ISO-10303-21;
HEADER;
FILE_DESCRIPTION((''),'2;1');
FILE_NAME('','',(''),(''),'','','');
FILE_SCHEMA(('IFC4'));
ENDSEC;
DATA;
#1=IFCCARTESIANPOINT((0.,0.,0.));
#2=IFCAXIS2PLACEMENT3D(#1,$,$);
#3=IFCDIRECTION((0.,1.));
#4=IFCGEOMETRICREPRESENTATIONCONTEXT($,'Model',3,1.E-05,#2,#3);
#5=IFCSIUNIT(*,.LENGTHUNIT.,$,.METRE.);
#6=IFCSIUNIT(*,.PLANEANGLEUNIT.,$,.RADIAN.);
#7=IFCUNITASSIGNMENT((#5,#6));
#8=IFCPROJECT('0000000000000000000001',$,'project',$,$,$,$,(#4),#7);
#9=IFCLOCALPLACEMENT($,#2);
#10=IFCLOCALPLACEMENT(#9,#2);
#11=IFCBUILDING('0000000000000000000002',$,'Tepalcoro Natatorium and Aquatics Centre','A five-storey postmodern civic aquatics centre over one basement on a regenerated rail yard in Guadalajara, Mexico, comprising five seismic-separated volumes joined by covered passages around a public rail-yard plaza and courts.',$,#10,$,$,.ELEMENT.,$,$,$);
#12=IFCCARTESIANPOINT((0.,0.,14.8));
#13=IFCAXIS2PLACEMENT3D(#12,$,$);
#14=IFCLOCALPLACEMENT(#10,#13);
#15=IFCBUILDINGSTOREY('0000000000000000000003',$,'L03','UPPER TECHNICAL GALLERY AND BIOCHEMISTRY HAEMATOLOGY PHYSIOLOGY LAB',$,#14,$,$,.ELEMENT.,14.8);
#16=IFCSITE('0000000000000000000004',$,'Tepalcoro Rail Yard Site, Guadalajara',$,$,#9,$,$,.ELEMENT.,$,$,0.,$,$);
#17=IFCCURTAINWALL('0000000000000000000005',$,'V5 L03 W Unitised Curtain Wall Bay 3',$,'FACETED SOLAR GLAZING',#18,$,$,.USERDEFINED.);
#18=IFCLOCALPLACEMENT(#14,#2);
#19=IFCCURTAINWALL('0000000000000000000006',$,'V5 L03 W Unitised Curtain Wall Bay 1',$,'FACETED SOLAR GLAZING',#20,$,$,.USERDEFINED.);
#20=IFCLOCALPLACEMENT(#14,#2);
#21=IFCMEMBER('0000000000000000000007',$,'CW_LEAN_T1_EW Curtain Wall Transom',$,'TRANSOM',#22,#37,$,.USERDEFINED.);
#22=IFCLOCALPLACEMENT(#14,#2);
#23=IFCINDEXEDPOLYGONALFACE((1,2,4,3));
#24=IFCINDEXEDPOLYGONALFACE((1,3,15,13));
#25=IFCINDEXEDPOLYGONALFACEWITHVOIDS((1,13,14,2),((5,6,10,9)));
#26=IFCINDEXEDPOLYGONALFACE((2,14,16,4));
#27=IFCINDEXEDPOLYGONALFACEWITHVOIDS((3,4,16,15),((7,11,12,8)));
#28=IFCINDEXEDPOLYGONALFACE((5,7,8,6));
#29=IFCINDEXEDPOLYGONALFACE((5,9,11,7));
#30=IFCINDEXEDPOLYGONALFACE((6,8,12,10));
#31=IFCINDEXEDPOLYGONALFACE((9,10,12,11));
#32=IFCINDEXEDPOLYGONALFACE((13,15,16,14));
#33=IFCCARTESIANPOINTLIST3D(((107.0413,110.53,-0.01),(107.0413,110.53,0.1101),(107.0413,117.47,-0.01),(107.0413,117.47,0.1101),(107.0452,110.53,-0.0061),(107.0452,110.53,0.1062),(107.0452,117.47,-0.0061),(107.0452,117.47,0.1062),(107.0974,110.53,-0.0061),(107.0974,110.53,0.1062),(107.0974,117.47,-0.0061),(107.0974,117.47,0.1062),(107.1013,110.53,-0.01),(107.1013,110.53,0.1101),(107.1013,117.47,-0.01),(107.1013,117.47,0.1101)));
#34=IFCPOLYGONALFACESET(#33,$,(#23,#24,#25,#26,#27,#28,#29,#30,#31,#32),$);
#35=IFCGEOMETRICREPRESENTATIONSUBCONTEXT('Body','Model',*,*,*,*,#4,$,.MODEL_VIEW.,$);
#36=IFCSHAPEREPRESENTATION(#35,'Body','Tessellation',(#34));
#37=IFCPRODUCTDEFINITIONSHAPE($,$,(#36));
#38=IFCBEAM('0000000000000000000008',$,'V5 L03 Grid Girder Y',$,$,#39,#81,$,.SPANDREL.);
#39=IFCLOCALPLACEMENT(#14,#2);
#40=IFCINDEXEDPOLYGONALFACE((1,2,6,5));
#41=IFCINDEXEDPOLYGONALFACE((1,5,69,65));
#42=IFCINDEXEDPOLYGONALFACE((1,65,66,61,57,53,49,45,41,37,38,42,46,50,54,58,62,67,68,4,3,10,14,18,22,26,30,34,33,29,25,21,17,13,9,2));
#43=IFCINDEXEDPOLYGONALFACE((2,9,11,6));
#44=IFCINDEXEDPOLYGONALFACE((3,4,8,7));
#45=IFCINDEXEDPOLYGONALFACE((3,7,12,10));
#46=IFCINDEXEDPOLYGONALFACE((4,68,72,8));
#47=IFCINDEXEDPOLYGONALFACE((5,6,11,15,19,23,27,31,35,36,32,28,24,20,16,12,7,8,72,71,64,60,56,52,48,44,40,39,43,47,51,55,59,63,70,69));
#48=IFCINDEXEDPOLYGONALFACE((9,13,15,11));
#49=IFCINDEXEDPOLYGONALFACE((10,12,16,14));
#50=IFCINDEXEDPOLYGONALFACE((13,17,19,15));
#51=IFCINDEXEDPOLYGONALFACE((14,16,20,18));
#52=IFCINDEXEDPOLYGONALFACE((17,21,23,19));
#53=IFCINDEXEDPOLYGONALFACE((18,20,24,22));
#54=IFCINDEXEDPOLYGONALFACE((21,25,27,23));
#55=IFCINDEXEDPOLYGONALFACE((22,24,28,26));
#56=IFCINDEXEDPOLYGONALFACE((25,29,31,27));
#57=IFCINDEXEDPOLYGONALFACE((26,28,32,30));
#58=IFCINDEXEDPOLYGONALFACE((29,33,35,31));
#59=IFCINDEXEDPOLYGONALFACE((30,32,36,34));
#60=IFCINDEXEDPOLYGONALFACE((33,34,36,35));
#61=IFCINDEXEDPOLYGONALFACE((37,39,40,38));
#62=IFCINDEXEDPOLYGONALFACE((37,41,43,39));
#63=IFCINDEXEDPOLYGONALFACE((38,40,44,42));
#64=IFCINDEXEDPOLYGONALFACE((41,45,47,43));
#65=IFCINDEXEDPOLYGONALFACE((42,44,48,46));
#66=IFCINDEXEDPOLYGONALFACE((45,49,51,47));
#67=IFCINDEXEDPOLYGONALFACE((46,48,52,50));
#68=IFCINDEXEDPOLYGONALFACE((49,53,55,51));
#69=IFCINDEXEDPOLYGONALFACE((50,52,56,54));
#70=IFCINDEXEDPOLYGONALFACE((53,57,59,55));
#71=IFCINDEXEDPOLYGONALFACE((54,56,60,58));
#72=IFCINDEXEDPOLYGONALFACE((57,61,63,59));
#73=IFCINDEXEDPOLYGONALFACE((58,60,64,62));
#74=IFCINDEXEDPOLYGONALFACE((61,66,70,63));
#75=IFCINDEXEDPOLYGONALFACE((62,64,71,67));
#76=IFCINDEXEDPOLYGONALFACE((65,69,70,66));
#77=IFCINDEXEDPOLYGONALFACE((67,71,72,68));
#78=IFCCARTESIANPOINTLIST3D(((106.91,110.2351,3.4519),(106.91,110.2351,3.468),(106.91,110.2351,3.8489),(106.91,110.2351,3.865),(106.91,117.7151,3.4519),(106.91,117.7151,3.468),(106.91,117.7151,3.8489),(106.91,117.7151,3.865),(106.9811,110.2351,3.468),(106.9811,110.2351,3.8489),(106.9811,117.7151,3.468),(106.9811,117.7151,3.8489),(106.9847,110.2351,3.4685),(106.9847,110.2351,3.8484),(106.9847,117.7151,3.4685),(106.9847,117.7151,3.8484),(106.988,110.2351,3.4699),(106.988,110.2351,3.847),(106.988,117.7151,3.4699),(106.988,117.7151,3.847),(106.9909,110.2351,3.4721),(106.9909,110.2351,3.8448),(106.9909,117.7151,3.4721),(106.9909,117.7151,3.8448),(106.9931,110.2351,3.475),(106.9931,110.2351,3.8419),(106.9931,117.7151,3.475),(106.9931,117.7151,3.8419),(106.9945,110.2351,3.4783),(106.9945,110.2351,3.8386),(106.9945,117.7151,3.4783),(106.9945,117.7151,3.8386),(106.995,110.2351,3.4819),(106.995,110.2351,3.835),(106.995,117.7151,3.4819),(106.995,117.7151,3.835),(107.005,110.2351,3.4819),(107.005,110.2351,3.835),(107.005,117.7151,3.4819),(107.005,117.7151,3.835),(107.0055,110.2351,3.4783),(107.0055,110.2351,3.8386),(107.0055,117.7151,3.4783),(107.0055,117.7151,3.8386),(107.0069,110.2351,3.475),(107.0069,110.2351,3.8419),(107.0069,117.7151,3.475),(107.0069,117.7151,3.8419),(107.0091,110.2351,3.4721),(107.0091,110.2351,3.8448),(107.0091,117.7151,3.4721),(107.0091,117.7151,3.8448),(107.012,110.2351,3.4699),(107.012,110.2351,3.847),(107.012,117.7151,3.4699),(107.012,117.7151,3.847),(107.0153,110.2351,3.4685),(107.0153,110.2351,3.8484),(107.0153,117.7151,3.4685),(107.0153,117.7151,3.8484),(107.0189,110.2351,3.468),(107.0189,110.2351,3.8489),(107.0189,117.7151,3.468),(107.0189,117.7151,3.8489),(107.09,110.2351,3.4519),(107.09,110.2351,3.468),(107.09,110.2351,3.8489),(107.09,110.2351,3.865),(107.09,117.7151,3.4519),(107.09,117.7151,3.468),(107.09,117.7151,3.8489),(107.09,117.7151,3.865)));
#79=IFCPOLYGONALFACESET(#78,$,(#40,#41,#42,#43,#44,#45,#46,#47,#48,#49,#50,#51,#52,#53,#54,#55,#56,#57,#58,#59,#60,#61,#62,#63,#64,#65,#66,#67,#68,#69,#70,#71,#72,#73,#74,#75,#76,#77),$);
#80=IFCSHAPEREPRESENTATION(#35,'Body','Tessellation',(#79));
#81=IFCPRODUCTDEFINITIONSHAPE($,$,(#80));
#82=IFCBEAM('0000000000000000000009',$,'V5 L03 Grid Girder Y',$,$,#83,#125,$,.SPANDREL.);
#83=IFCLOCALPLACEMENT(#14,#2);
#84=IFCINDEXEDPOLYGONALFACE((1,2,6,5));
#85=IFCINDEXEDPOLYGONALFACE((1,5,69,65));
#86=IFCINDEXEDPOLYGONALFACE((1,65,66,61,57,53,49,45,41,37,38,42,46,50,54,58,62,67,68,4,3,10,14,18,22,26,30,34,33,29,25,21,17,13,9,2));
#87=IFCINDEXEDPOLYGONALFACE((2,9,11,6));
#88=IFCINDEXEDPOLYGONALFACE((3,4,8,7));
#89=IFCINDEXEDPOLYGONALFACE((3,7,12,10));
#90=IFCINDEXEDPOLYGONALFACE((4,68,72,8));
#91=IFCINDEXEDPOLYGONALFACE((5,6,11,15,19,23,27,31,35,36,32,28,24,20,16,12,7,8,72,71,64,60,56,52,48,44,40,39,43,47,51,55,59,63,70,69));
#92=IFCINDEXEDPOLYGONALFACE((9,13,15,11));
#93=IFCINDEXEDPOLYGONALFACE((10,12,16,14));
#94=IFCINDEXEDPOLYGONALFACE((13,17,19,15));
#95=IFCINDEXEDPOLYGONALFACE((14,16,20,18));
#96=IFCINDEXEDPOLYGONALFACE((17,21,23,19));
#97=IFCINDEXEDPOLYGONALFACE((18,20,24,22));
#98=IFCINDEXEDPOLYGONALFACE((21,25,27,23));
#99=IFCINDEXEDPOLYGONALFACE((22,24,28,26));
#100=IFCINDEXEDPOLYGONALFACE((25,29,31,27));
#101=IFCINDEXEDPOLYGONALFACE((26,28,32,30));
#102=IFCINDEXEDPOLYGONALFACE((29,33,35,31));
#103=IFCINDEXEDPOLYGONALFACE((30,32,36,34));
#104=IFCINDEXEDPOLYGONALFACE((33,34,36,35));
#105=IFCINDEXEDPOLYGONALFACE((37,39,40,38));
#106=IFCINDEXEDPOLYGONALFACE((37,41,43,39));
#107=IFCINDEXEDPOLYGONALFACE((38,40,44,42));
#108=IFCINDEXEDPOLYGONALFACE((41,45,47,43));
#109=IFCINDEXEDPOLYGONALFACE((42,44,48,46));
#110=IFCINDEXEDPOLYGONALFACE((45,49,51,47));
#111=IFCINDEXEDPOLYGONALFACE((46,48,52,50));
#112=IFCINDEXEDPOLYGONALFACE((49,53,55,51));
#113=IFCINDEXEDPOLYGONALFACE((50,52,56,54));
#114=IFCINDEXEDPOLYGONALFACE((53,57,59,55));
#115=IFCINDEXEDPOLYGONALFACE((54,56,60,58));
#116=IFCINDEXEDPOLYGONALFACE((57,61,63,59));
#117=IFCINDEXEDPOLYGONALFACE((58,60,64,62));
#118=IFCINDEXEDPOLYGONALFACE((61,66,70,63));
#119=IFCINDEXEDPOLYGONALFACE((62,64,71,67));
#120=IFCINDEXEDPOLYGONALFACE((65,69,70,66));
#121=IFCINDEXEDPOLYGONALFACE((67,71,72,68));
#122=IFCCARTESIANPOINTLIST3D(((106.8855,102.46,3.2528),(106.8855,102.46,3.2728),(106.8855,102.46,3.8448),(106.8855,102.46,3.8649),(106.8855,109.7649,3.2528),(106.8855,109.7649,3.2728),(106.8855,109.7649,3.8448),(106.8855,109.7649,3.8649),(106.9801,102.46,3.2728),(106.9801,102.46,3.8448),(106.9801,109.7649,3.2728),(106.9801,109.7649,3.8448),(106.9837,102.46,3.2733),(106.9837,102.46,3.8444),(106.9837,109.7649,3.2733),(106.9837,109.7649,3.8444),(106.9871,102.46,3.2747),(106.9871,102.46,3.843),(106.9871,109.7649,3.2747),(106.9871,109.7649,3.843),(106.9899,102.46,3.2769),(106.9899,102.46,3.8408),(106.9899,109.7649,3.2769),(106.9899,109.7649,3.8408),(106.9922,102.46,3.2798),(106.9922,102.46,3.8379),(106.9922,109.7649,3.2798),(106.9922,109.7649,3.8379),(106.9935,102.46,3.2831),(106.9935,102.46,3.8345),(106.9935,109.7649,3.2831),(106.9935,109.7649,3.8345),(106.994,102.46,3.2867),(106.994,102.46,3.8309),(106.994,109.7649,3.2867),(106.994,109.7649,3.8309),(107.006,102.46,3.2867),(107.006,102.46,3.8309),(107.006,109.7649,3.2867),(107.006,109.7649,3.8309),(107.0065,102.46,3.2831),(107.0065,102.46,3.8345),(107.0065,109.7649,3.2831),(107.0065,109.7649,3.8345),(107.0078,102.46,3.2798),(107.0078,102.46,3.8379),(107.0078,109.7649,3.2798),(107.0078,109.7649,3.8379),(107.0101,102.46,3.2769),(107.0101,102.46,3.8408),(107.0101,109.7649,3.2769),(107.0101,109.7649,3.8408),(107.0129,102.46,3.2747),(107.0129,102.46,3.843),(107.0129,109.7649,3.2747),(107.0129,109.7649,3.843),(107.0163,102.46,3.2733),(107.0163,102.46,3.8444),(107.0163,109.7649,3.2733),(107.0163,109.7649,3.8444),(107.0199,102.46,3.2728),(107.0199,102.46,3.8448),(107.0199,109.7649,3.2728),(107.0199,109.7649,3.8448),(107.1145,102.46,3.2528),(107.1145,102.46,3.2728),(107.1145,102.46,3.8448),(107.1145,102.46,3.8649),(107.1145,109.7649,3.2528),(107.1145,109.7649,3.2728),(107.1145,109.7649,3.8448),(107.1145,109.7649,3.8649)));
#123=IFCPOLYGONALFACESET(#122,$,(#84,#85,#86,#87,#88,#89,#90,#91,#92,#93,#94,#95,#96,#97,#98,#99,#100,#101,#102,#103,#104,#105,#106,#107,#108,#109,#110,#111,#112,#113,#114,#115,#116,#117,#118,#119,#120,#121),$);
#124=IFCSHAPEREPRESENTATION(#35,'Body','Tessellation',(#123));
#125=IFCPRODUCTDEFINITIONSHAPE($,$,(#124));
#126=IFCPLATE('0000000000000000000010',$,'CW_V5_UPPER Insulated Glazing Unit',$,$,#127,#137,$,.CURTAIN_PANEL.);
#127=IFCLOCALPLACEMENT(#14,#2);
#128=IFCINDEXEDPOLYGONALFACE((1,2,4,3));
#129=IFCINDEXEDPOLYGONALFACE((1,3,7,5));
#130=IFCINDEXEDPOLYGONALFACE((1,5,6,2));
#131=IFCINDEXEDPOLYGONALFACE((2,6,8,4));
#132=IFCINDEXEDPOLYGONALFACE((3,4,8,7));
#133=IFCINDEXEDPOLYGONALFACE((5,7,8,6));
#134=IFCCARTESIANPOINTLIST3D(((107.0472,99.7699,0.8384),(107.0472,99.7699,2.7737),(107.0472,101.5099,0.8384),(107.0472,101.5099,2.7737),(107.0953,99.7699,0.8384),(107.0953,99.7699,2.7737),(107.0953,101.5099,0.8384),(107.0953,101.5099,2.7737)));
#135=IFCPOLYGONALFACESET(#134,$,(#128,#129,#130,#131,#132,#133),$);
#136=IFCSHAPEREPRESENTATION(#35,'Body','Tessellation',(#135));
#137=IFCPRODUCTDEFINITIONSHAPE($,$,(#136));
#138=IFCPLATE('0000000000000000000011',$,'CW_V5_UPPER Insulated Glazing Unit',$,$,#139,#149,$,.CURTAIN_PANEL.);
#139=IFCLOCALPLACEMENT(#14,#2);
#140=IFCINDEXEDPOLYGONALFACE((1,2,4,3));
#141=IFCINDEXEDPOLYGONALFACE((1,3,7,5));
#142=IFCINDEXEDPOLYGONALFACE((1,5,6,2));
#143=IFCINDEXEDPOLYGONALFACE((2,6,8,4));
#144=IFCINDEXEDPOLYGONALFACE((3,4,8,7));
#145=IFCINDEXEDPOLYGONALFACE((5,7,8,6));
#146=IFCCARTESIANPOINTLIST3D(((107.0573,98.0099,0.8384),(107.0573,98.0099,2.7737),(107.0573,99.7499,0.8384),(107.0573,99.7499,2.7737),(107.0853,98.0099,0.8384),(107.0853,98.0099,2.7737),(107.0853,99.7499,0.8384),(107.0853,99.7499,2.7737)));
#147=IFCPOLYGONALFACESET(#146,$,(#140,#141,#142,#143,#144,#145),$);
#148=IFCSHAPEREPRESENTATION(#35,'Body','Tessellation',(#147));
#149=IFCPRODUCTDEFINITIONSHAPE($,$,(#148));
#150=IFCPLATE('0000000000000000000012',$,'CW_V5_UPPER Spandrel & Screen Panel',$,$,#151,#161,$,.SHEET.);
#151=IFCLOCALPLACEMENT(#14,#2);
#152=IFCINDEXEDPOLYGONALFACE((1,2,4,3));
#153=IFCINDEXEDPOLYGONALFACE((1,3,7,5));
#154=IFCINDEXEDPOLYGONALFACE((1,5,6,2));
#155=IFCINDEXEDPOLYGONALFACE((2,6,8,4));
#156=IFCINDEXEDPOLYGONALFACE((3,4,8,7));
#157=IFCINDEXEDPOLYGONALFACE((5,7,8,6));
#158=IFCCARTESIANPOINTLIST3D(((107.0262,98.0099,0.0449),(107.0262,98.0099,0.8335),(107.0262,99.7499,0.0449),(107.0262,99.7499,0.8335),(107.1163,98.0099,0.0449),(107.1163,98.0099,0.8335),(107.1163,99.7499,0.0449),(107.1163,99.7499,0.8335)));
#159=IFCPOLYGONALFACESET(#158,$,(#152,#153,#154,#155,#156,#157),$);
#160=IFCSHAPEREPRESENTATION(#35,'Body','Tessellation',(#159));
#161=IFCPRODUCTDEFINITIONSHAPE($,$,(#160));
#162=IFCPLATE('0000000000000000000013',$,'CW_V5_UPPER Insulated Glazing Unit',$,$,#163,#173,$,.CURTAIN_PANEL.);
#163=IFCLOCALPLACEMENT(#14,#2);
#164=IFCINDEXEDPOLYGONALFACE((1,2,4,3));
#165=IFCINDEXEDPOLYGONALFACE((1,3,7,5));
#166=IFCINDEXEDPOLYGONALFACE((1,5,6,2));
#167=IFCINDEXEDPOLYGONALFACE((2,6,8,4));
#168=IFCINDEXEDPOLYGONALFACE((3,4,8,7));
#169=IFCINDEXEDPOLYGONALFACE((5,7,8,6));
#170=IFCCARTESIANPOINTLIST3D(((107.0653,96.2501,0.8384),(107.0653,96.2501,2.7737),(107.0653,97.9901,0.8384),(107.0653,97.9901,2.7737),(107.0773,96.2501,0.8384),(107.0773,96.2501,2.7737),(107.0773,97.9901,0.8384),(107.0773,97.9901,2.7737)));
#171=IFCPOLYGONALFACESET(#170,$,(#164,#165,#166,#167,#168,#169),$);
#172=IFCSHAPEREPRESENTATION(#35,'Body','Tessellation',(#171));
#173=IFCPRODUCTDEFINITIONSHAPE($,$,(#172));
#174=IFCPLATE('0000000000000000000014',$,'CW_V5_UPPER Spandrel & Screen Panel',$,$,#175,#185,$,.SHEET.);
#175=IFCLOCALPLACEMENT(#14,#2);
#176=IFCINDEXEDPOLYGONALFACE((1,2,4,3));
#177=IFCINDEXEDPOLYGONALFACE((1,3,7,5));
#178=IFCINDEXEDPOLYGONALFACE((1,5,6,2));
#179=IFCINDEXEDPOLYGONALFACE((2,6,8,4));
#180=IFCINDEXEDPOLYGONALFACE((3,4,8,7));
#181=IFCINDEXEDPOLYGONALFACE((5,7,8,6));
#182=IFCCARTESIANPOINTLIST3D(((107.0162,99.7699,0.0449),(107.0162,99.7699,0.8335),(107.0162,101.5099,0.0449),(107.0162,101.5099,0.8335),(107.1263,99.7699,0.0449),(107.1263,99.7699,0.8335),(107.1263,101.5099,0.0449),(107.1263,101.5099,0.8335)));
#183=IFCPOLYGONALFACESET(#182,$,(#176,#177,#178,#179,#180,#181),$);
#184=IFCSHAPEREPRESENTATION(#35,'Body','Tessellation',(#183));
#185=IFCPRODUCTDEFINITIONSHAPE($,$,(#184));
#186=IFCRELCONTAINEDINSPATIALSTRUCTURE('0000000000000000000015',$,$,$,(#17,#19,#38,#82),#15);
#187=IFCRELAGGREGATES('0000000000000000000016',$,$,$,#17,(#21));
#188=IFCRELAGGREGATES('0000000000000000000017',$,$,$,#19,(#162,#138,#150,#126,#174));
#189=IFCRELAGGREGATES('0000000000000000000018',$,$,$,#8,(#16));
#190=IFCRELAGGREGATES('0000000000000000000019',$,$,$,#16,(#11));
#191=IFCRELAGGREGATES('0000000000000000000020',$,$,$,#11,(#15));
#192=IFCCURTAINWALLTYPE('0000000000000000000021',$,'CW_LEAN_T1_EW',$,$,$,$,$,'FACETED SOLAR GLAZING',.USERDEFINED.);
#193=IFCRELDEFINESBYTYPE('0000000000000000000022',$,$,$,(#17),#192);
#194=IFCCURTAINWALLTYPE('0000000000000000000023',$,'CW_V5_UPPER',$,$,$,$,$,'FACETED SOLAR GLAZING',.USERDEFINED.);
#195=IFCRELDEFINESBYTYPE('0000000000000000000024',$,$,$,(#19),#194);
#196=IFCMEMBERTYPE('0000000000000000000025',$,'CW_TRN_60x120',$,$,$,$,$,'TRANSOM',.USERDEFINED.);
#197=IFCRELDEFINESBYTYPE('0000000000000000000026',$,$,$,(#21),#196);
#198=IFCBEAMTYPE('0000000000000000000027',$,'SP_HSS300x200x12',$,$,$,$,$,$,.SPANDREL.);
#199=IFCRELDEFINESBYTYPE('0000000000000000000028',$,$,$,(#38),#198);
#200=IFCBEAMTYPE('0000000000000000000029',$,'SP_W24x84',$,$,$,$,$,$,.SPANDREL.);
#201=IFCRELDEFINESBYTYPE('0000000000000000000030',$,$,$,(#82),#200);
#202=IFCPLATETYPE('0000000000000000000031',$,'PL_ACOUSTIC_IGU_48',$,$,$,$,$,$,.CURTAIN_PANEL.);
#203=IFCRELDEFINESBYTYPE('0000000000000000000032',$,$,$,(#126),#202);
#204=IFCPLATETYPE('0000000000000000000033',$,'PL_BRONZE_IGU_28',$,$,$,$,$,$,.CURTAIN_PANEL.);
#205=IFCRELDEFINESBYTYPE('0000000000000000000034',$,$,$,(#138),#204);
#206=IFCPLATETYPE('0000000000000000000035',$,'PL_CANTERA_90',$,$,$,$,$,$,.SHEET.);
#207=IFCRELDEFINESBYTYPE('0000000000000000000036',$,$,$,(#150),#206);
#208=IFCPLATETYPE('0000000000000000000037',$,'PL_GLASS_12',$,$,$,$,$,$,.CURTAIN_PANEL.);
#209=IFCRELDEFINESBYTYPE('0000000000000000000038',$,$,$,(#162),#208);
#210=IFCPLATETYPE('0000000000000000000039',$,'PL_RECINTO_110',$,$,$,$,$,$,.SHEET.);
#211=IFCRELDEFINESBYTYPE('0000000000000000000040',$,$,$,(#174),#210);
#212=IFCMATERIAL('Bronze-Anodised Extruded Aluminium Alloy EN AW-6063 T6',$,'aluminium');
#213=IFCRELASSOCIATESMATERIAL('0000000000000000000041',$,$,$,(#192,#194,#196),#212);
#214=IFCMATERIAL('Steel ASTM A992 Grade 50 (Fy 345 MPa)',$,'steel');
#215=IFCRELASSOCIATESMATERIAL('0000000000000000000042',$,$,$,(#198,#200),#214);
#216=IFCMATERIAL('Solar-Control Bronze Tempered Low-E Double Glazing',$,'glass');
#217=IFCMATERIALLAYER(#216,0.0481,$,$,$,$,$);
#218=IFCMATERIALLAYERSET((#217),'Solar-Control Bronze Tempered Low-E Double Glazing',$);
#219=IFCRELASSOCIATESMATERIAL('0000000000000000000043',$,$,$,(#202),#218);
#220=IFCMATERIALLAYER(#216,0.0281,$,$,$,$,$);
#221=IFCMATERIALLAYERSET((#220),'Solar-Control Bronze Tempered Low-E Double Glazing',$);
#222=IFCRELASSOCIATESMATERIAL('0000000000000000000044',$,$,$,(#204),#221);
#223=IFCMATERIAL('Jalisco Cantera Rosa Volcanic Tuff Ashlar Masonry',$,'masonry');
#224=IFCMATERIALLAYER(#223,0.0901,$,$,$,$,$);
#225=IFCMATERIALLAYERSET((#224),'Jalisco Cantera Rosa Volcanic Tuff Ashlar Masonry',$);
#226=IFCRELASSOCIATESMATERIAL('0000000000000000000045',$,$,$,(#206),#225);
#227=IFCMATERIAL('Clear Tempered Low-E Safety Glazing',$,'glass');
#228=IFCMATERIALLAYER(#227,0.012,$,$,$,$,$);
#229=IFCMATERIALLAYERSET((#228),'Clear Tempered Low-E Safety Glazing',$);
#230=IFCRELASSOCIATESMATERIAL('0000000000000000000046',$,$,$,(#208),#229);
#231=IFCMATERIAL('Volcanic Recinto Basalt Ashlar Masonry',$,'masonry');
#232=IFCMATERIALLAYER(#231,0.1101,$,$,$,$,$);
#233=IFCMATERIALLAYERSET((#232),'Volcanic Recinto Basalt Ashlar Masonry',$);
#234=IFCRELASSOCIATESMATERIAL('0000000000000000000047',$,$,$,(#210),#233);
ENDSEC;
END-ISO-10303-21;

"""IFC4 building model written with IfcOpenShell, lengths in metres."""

from ifc_helpers import new_model, si_unit, direction, frame, origin, origin_2d, place, context, subcontext, project, spatial, rectangle, hollow_rectangle, i_section, extrude, material, layer, layer_set, material_profile, profile_set, type_object, element, aggregate, save


model = new_model("IFC4")

# Units and contexts
model_context = context("Model", 3, precision=1e-05, world=origin(), true_north=direction((0.0, 1.0)))
body_context = subcontext(model_context, "Body", "Model", "MODEL_VIEW")
ifc_project = project(units=[si_unit("LENGTHUNIT", "METRE"), si_unit("PLANEANGLEUNIT", "RADIAN")], contexts=[model_context])

# Site, building, storey
site_placement = place(None, origin())
site = spatial("IfcSite", under=ifc_project, at=site_placement, Name="Tepalcoro Rail Yard Site, Guadalajara", CompositionType="ELEMENT", RefElevation=0.0)
building_placement = place(site_placement, origin())
building = spatial("IfcBuilding", under=site, at=building_placement, Name="Tepalcoro Natatorium and Aquatics Centre", Description="A five-storey postmodern civic aquatics centre over one basement on a regenerated rail yard in Guadalajara, Mexico, comprising five seismic-separated volumes joined by covered passages around a public rail-yard plaza and courts.", CompositionType="ELEMENT")
storey_placement = place(building_placement, frame((0.0, 0.0, 14.8)))
storey = spatial("IfcBuildingStorey", under=building, at=storey_placement, Name="L03", Description="UPPER TECHNICAL GALLERY AND BIOCHEMISTRY HAEMATOLOGY PHYSIOLOGY LAB", CompositionType="ELEMENT", Elevation=14.8)

# Curtain wall
ifc_material_1 = material(Name="Bronze-Anodised Extruded Aluminium Alloy EN AW-6063 T6", Category="aluminium")
curtain_wall_type_1 = type_object("IfcCurtainWallType", Name="CW_LEAN_T1_EW", ElementType="FACETED SOLAR GLAZING", PredefinedType="USERDEFINED", material=ifc_material_1)
curtain_wall_1_placement = place(storey_placement, origin())
curtain_wall_1 = element("IfcCurtainWall", 1, at=curtain_wall_1_placement, inside=storey, type_object=curtain_wall_type_1, Name="V5 L03 W Unitised Curtain Wall Bay 3", ObjectType="FACETED SOLAR GLAZING", PredefinedType="USERDEFINED")

# Curtain wall
curtain_wall_type_2 = type_object("IfcCurtainWallType", Name="CW_V5_UPPER", ElementType="FACETED SOLAR GLAZING", PredefinedType="USERDEFINED", material=ifc_material_1)
curtain_wall_2_placement = place(storey_placement, origin())
curtain_wall_2 = element("IfcCurtainWall", 2, at=curtain_wall_2_placement, inside=storey, type_object=curtain_wall_type_2, Name="V5 L03 W Unitised Curtain Wall Bay 1", ObjectType="FACETED SOLAR GLAZING", PredefinedType="USERDEFINED")

# Member
ifc_material_profile_1 = material_profile(ifc_material_1, hollow_rectangle(XDim=0.0601, YDim=0.1201, WallThickness=0.0039, at=origin_2d()), Name="AL60X120X4")
ifc_profile_set_1 = profile_set([ifc_material_profile_1], Name="Bronze-Anodised Extruded Aluminium Alloy EN AW-6063 T6")
member_type_1 = type_object("IfcMemberType", Name="CW_TRN_60x120", ElementType="TRANSOM", PredefinedType="USERDEFINED", material=ifc_profile_set_1)
member_1_placement = place(storey_placement, frame((107.0713, 110.53, 0.05), z_axis=(0.0, 1.0, 0.0), x_axis=(-1.0, 0.0, 0.0)))
member_1 = element("IfcMember", 3, at=member_1_placement, type_object=member_type_1, Name="CW_LEAN_T1_EW Curtain Wall Transom", ObjectType="TRANSOM", PredefinedType="USERDEFINED", context=body_context, shape_type="SweptSolid", body=[
    extrude(hollow_rectangle(XDim=0.0601, YDim=0.1201, WallThickness=0.0039, at=origin_2d()), origin(), (0.0, 0.0, 1.0), 6.9399),
])
aggregate(curtain_wall_1, [member_1])

# Beams
ifc_material_2 = material(Name="Steel ASTM A992 Grade 50 (Fy 345 MPa)", Category="steel")
ifc_material_profile_2 = material_profile(ifc_material_2, i_section(OverallWidth=0.1799, OverallDepth=0.4131, WebThickness=0.01, FlangeThickness=0.0161, FilletRadius=0.0139, at=origin_2d()), Name="W16X50")
ifc_profile_set_2 = profile_set([ifc_material_profile_2], Name="Steel ASTM A992 Grade 50 (Fy 345 MPa)")
beam_type_1 = type_object("IfcBeamType", Name="SP_HSS300x200x12", PredefinedType="SPANDREL", material=ifc_profile_set_2)
beam_1_placement = place(storey_placement, frame((107.0, 110.2351, 3.6584), z_axis=(0.0, 1.0, 0.0), x_axis=(-1.0, 0.0, 0.0)))
element("IfcBeam", 4, at=beam_1_placement, inside=storey, type_object=beam_type_1, Name="V5 L03 Grid Girder Y", PredefinedType="SPANDREL", context=body_context, shape_type="SweptSolid", body=[
    extrude(i_section(OverallWidth=0.1799, OverallDepth=0.4131, WebThickness=0.01, FlangeThickness=0.0161, FilletRadius=0.0139, at=origin_2d()), origin(), (0.0, 0.0, 1.0), 7.48),
])
ifc_material_profile_3 = material_profile(ifc_material_2, i_section(OverallWidth=0.229, OverallDepth=0.6121, WebThickness=0.012, FlangeThickness=0.02, FilletRadius=0.0139, at=origin_2d()), Name="W24X84")
ifc_profile_set_3 = profile_set([ifc_material_profile_3], Name="Steel ASTM A992 Grade 50 (Fy 345 MPa)")
beam_type_2 = type_object("IfcBeamType", Name="SP_W24x84", PredefinedType="SPANDREL", material=ifc_profile_set_3)
beam_2_placement = place(storey_placement, frame((107.0, 102.46, 3.5588), z_axis=(0.0, 1.0, 0.0), x_axis=(-1.0, 0.0, 0.0)))
element("IfcBeam", 5, at=beam_2_placement, inside=storey, type_object=beam_type_2, Name="V5 L03 Grid Girder Y", PredefinedType="SPANDREL", context=body_context, shape_type="SweptSolid", body=[
    extrude(i_section(OverallWidth=0.229, OverallDepth=0.6121, WebThickness=0.012, FlangeThickness=0.02, FilletRadius=0.0139, at=origin_2d()), origin(), (0.0, 0.0, 1.0), 7.3049),
])

# Plates
ifc_material_3 = material(Name="Solar-Control Bronze Tempered Low-E Double Glazing", Category="glass")
ifc_layer_1 = layer(ifc_material_3, 0.0481)
ifc_layer_set_1 = layer_set([ifc_layer_1], Name="Solar-Control Bronze Tempered Low-E Double Glazing")
plate_type_1 = type_object("IfcPlateType", Name="PL_ACOUSTIC_IGU_48", PredefinedType="CURTAIN_PANEL", material=ifc_layer_set_1)
plate_1_placement = place(storey_placement, frame((107.0713, 100.6399, 0.8384), z_axis=(0.0, 0.0, 1.0), x_axis=(1.0, 0.0, 0.0)))
plate_1 = element("IfcPlate", 6, at=plate_1_placement, type_object=plate_type_1, Name="CW_V5_UPPER Insulated Glazing Unit", PredefinedType="CURTAIN_PANEL", context=body_context, shape_type="SweptSolid", body=[
    extrude(rectangle(XDim=0.0481, YDim=1.74, at=origin_2d()), origin(), (0.0, 0.0, 1.0), 1.9353),
])
ifc_layer_2 = layer(ifc_material_3, 0.0281)
ifc_layer_set_2 = layer_set([ifc_layer_2], Name="Solar-Control Bronze Tempered Low-E Double Glazing")
plate_type_2 = type_object("IfcPlateType", Name="PL_BRONZE_IGU_28", PredefinedType="CURTAIN_PANEL", material=ifc_layer_set_2)
plate_2_placement = place(storey_placement, frame((107.0713, 98.8799, 0.8384), z_axis=(0.0, 0.0, 1.0), x_axis=(1.0, 0.0, 0.0)))
plate_2 = element("IfcPlate", 7, at=plate_2_placement, type_object=plate_type_2, Name="CW_V5_UPPER Insulated Glazing Unit", PredefinedType="CURTAIN_PANEL", context=body_context, shape_type="SweptSolid", body=[
    extrude(rectangle(XDim=0.0281, YDim=1.74, at=origin_2d()), origin(), (0.0, 0.0, 1.0), 1.9353),
])
ifc_material_4 = material(Name="Jalisco Cantera Rosa Volcanic Tuff Ashlar Masonry", Category="masonry")
ifc_layer_3 = layer(ifc_material_4, 0.0901)
ifc_layer_set_3 = layer_set([ifc_layer_3], Name="Jalisco Cantera Rosa Volcanic Tuff Ashlar Masonry")
plate_type_3 = type_object("IfcPlateType", Name="PL_CANTERA_90", PredefinedType="SHEET", material=ifc_layer_set_3)
plate_3_placement = place(storey_placement, frame((107.0713, 98.8799, 0.0449), z_axis=(0.0, 0.0, 1.0), x_axis=(1.0, 0.0, 0.0)))
plate_3 = element("IfcPlate", 8, at=plate_3_placement, type_object=plate_type_3, Name="CW_V5_UPPER Spandrel & Screen Panel", PredefinedType="SHEET", context=body_context, shape_type="SweptSolid", body=[
    extrude(rectangle(XDim=0.0901, YDim=1.74, at=origin_2d()), origin(), (0.0, 0.0, 1.0), 0.7886),
])
ifc_material_5 = material(Name="Clear Tempered Low-E Safety Glazing", Category="glass")
ifc_layer_4 = layer(ifc_material_5, 0.012)
ifc_layer_set_4 = layer_set([ifc_layer_4], Name="Clear Tempered Low-E Safety Glazing")
plate_type_4 = type_object("IfcPlateType", Name="PL_GLASS_12", PredefinedType="CURTAIN_PANEL", material=ifc_layer_set_4)
plate_4_placement = place(storey_placement, frame((107.0713, 97.1201, 0.8384), z_axis=(0.0, 0.0, 1.0), x_axis=(1.0, 0.0, 0.0)))
plate_4 = element("IfcPlate", 9, at=plate_4_placement, type_object=plate_type_4, Name="CW_V5_UPPER Insulated Glazing Unit", PredefinedType="CURTAIN_PANEL", context=body_context, shape_type="SweptSolid", body=[
    extrude(rectangle(XDim=0.012, YDim=1.74, at=origin_2d()), origin(), (0.0, 0.0, 1.0), 1.9353),
])
ifc_material_6 = material(Name="Volcanic Recinto Basalt Ashlar Masonry", Category="masonry")
ifc_layer_5 = layer(ifc_material_6, 0.1101)
ifc_layer_set_5 = layer_set([ifc_layer_5], Name="Volcanic Recinto Basalt Ashlar Masonry")
plate_type_5 = type_object("IfcPlateType", Name="PL_RECINTO_110", PredefinedType="SHEET", material=ifc_layer_set_5)
plate_5_placement = place(storey_placement, frame((107.0713, 100.6399, 0.0449), z_axis=(0.0, 0.0, 1.0), x_axis=(1.0, 0.0, 0.0)))
plate_5 = element("IfcPlate", 10, at=plate_5_placement, type_object=plate_type_5, Name="CW_V5_UPPER Spandrel & Screen Panel", PredefinedType="SHEET", context=body_context, shape_type="SweptSolid", body=[
    extrude(rectangle(XDim=0.1101, YDim=1.74, at=origin_2d()), origin(), (0.0, 0.0, 1.0), 0.7886),
])
aggregate(curtain_wall_2, [plate_4, plate_2, plate_3, plate_1, plate_5])

save(model, "model.ifc")
